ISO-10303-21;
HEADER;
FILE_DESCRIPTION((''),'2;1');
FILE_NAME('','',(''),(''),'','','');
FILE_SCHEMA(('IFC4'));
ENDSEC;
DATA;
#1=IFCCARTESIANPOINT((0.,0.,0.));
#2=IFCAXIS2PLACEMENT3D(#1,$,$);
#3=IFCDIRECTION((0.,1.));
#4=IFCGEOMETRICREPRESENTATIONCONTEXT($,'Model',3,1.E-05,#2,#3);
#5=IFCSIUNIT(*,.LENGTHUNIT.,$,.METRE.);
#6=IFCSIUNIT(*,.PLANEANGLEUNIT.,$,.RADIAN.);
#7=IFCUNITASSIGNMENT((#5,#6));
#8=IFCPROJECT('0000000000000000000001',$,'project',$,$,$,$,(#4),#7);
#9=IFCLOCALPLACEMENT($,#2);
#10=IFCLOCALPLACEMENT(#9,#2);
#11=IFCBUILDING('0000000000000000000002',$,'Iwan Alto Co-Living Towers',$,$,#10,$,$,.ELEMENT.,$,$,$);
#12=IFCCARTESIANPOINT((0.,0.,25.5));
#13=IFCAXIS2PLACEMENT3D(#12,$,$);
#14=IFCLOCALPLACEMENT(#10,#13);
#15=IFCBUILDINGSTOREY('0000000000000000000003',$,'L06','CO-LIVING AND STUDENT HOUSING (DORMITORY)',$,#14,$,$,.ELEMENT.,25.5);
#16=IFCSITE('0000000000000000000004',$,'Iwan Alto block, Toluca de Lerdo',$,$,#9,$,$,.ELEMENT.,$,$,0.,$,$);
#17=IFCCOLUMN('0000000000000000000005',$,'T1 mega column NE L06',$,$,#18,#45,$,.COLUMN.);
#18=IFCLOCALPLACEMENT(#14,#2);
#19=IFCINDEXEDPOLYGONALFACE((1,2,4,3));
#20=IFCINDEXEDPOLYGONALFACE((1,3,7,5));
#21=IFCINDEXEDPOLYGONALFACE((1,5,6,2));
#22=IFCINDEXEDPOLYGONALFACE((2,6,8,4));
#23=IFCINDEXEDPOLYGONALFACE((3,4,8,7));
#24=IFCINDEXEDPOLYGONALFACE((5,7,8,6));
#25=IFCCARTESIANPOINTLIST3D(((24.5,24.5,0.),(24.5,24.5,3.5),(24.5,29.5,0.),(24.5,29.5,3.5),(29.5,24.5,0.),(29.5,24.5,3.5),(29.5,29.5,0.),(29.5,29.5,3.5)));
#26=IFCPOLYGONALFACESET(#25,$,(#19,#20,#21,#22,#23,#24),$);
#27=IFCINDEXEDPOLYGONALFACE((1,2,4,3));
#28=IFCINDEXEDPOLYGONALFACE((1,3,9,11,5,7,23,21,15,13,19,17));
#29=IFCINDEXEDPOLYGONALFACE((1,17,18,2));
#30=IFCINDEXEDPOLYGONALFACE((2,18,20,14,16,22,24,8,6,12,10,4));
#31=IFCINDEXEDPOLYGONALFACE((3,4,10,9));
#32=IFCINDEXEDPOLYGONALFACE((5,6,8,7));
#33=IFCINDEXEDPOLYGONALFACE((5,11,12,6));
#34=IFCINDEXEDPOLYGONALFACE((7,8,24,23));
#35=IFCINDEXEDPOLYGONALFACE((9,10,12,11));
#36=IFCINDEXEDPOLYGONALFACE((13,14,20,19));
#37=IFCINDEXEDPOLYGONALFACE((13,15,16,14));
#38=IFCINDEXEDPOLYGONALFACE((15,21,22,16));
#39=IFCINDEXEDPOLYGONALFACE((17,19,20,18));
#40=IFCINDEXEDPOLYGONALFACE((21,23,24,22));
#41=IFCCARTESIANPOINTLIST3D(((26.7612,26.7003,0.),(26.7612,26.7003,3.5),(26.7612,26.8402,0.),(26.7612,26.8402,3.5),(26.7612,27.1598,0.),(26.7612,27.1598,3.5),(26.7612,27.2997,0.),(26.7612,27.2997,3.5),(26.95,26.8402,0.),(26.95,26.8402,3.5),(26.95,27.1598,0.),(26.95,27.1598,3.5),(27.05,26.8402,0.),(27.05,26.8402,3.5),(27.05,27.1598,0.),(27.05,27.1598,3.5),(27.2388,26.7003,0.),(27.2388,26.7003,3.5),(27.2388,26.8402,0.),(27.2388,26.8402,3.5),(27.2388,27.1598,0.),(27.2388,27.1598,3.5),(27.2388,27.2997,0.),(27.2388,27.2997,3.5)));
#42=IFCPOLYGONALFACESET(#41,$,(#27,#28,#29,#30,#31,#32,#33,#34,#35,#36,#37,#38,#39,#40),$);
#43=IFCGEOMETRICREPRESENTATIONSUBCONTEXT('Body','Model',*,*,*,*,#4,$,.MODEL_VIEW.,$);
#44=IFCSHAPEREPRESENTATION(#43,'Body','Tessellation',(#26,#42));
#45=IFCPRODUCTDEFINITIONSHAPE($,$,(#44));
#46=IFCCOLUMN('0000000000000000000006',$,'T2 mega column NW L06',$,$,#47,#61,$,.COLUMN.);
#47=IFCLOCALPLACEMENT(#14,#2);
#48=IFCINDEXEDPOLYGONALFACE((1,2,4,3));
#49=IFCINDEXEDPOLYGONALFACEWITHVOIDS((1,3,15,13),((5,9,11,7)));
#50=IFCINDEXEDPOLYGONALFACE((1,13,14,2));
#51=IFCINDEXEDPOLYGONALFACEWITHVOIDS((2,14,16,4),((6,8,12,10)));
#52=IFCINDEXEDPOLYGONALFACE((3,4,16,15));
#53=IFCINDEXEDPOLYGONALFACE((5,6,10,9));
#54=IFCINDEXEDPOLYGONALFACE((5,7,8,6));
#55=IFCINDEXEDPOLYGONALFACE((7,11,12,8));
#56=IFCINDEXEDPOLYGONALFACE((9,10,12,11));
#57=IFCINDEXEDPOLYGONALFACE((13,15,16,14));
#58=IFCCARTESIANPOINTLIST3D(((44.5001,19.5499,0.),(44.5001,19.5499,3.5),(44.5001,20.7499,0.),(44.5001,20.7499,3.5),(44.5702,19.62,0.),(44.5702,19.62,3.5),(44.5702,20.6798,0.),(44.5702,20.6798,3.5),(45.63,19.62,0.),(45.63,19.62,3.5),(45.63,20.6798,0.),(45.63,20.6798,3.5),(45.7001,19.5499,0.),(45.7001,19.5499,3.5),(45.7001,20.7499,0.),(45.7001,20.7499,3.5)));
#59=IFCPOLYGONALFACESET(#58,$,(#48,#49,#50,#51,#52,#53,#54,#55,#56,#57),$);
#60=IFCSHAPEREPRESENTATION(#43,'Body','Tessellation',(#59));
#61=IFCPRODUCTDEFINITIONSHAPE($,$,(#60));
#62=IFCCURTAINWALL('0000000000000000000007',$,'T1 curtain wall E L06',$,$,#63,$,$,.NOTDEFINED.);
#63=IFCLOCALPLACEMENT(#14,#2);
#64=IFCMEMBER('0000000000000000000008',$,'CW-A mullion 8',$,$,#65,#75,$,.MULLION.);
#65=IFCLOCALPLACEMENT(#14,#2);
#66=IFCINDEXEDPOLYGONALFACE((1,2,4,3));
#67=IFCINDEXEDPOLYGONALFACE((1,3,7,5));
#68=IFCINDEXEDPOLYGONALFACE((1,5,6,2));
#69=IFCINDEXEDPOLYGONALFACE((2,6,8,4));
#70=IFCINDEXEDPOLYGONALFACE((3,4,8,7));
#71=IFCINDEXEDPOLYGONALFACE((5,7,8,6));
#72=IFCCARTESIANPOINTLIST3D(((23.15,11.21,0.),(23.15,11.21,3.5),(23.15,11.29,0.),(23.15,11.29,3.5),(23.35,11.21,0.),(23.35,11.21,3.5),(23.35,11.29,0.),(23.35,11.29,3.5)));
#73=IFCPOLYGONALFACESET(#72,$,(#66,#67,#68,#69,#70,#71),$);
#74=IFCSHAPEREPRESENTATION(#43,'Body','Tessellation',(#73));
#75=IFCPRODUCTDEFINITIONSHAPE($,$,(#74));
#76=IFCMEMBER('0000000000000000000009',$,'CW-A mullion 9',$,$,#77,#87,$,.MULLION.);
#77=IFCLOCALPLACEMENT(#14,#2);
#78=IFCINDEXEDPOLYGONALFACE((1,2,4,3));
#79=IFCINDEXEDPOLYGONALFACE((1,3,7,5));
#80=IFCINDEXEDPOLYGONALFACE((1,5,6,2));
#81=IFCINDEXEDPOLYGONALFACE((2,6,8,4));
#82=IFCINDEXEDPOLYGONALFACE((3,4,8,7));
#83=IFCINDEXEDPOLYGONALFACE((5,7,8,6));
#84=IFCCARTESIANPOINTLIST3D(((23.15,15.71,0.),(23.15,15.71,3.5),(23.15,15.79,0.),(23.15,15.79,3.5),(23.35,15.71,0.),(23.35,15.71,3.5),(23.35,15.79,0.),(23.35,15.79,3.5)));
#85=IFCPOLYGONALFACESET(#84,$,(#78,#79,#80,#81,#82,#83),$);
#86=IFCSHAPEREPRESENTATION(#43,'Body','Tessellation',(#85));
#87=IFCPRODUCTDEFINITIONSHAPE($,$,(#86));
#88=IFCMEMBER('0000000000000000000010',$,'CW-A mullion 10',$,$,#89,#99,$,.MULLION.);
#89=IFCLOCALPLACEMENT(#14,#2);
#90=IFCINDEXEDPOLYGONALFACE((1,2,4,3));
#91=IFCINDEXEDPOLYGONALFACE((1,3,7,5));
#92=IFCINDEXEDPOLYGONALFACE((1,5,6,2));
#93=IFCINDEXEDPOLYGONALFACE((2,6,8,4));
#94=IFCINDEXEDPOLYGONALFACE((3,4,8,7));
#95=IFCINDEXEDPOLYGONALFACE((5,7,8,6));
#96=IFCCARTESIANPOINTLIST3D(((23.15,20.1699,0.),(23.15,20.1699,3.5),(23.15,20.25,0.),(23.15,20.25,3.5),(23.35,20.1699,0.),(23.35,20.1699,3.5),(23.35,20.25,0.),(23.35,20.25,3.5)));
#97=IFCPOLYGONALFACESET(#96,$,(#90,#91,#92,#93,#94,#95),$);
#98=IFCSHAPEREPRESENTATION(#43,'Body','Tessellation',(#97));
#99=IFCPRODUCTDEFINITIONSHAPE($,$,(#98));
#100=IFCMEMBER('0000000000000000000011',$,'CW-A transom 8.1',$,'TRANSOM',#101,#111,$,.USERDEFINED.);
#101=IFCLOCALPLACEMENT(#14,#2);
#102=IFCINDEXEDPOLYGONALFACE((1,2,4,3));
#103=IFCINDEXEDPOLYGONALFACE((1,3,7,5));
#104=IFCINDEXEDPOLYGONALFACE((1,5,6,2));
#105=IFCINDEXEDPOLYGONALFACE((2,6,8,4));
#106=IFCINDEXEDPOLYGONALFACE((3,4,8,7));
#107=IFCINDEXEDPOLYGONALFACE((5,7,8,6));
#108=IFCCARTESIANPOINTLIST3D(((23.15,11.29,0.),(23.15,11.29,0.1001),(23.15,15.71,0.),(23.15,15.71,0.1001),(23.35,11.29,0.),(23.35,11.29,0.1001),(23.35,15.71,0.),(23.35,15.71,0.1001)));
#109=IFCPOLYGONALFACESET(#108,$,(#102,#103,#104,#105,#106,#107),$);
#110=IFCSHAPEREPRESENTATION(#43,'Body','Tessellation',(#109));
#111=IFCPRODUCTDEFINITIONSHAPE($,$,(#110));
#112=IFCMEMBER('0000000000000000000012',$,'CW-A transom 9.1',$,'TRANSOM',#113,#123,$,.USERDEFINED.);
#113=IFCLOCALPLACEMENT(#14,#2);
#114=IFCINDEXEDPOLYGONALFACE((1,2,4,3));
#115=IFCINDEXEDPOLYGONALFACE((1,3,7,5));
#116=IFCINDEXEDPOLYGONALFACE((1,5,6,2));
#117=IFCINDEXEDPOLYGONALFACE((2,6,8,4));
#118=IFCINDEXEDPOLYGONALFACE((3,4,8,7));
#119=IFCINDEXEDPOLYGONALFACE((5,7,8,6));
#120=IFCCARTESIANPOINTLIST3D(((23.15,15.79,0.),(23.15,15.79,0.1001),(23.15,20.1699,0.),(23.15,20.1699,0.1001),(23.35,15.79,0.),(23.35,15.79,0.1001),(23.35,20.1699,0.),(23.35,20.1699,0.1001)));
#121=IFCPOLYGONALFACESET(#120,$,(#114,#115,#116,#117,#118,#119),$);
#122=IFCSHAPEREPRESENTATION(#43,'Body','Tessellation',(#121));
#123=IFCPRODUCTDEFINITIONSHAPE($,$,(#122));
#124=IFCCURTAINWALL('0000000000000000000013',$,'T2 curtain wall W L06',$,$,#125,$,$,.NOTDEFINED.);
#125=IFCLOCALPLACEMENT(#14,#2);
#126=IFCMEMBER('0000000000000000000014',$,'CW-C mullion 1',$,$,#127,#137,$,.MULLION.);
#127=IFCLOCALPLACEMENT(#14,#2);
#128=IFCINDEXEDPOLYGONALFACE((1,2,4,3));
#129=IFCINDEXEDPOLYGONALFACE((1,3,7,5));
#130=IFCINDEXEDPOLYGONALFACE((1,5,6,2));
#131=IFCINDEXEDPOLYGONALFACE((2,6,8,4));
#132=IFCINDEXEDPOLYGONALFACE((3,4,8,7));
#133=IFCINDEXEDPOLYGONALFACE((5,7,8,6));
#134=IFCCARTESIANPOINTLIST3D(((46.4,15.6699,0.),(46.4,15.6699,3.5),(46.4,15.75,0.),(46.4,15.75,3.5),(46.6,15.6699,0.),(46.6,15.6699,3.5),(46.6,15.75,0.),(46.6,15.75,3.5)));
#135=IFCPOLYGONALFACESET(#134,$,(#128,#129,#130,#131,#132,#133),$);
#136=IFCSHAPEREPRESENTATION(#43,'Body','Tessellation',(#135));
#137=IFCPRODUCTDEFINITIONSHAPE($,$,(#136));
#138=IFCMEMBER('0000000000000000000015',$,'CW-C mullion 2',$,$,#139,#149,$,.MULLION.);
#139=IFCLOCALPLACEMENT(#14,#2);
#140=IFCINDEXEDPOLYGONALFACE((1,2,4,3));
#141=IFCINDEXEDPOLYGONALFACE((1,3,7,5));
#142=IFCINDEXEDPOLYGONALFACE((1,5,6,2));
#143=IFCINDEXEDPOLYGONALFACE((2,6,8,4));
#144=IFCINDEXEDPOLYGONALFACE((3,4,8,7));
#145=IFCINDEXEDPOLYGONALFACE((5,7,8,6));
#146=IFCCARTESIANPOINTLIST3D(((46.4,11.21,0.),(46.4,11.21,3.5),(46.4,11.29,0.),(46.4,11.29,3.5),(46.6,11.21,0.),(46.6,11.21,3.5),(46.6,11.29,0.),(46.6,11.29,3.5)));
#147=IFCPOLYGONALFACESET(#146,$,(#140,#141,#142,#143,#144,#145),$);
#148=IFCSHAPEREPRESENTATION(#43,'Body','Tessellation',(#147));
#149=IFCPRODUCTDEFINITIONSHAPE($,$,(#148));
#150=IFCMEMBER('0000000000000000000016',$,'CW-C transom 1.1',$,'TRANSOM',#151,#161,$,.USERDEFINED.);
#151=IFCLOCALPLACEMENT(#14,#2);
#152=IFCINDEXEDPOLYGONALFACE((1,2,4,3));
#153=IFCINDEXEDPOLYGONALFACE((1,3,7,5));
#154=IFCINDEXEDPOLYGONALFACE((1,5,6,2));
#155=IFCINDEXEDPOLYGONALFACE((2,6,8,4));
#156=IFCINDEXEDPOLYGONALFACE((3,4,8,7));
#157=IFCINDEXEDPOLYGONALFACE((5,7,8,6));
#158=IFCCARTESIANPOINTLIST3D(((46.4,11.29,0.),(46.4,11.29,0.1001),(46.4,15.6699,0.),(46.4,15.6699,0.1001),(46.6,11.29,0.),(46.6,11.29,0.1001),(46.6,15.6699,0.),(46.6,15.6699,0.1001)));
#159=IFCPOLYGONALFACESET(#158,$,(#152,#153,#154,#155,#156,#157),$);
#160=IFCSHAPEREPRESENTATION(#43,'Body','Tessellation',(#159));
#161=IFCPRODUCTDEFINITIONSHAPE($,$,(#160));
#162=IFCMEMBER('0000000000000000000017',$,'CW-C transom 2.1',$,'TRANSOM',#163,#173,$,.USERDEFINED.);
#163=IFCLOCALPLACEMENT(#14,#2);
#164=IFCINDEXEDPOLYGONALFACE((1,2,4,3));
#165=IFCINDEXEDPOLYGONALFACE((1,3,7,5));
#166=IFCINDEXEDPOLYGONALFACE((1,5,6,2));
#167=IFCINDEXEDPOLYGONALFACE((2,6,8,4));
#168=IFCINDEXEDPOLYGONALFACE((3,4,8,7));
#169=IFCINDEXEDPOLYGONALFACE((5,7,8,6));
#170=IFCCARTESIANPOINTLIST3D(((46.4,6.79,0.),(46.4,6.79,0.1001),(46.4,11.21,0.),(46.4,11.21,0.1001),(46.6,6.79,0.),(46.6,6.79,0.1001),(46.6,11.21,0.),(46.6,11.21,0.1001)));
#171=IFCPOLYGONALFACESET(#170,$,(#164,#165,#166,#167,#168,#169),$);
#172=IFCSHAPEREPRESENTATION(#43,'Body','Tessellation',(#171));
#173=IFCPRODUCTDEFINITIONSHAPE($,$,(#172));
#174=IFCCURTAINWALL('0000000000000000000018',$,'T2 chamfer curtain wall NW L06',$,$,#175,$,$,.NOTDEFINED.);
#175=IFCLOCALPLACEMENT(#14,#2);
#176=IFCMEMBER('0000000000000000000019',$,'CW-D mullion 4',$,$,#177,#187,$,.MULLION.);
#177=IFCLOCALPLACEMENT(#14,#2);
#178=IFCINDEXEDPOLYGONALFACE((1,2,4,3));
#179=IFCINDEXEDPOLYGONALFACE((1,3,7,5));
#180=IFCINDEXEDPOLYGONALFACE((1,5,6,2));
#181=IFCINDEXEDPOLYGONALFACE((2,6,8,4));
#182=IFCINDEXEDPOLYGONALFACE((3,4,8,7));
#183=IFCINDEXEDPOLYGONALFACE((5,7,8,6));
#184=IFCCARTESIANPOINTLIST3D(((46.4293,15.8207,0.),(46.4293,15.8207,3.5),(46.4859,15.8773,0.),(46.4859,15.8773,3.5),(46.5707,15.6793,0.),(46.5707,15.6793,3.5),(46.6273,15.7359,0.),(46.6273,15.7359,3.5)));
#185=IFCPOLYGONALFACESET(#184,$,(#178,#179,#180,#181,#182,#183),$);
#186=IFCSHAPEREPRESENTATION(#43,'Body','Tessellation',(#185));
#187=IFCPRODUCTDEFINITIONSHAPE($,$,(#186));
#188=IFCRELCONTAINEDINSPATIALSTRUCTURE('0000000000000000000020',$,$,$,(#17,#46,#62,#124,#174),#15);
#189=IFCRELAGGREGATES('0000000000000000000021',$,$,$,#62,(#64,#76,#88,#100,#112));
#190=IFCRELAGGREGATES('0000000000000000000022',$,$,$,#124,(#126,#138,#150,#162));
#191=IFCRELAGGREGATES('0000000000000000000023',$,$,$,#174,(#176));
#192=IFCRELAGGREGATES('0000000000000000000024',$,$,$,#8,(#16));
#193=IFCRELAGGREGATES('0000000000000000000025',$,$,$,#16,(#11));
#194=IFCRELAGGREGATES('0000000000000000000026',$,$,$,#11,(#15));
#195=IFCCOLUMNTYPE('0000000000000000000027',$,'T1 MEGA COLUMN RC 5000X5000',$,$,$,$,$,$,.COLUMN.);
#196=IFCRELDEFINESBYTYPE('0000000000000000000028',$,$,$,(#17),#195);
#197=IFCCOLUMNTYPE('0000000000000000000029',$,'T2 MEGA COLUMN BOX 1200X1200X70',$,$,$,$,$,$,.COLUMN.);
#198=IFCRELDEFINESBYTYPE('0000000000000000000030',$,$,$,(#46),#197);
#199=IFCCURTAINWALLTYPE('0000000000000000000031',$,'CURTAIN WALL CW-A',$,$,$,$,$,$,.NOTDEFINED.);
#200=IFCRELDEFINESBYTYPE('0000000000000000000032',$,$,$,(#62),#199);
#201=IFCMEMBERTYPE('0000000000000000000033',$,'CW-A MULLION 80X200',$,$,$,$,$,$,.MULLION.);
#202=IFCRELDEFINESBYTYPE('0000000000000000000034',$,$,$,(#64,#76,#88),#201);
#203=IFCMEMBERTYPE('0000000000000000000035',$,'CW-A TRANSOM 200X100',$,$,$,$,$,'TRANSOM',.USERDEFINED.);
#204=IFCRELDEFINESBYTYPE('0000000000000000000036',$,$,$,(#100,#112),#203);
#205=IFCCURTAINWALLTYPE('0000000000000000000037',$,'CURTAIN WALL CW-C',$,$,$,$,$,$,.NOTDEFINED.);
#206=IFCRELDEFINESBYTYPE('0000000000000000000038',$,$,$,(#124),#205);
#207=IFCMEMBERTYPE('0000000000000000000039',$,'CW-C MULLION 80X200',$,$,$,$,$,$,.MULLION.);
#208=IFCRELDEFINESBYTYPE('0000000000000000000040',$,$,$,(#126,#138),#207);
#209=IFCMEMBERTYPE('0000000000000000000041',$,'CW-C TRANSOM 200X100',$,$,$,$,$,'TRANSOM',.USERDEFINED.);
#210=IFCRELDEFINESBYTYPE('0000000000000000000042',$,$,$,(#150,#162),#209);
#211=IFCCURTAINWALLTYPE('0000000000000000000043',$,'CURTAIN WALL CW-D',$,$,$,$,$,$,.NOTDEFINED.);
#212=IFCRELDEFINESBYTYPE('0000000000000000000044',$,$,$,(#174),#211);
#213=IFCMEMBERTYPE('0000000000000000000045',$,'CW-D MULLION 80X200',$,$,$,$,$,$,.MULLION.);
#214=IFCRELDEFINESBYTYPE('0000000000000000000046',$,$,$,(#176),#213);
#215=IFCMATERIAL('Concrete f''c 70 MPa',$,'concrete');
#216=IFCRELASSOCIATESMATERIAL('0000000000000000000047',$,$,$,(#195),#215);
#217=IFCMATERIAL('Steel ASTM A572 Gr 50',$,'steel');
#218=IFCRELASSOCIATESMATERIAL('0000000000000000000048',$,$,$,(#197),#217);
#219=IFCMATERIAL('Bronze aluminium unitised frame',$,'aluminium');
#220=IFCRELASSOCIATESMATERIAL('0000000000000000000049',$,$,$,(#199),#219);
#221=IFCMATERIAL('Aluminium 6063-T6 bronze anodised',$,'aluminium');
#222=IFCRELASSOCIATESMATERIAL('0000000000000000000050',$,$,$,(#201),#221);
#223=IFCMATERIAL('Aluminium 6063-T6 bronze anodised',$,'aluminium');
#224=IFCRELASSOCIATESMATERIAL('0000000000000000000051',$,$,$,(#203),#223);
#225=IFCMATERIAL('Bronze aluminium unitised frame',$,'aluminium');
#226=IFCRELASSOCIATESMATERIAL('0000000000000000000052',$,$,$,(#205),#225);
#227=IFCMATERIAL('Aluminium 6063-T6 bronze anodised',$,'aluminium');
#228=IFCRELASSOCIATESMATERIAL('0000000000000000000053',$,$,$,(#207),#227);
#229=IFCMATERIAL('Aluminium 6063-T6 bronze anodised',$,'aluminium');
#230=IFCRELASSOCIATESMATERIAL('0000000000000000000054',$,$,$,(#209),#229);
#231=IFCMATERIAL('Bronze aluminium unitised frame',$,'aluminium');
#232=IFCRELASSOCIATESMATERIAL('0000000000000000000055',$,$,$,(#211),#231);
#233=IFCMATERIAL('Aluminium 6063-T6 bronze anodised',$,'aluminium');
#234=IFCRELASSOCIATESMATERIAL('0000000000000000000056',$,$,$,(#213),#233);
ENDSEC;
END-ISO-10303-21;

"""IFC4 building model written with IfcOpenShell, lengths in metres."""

from ifc_helpers import new_model, si_unit, direction, frame, origin, origin_2d, place, context, subcontext, project, spatial, rectangle, hollow_rectangle, i_section, extrude, material, material_profile, profile_set, type_object, element, aggregate, save


model = new_model("IFC4")

# Units and contexts
model_context = context("Model", 3, precision=1e-05, world=origin(), true_north=direction((0.0, 1.0)))
body_context = subcontext(model_context, "Body", "Model", "MODEL_VIEW")
ifc_project = project(units=[si_unit("LENGTHUNIT", "METRE"), si_unit("PLANEANGLEUNIT", "RADIAN")], contexts=[model_context])

# Site, building, storey
site_placement = place(None, origin())
site = spatial("IfcSite", under=ifc_project, at=site_placement, Name="Iwan Alto block, Toluca de Lerdo", CompositionType="ELEMENT", RefElevation=0.0)
building_placement = place(site_placement, origin())
building = spatial("IfcBuilding", under=site, at=building_placement, Name="Iwan Alto Co-Living Towers", CompositionType="ELEMENT")
storey_placement = place(building_placement, frame((0.0, 0.0, 25.5)))
storey = spatial("IfcBuildingStorey", under=building, at=storey_placement, Name="L06", Description="CO-LIVING AND STUDENT HOUSING (DORMITORY)", CompositionType="ELEMENT", Elevation=25.5)

# Columns
ifc_material_1 = material(Name="Concrete f'c 70 MPa", Category="concrete")
ifc_material_profile_1 = material_profile(ifc_material_1, rectangle(XDim=5.0, YDim=5.0, at=origin_2d()), Name="RC 5000X5000")
ifc_profile_set_1 = profile_set([ifc_material_profile_1], Name="Concrete f'c 70 MPa")
column_type_1 = type_object("IfcColumnType", Name="T1 MEGA COLUMN RC 5000X5000", PredefinedType="COLUMN", material=ifc_profile_set_1)
column_1_placement = place(storey_placement, frame((27.0, 27.0, 0.0), z_axis=(0.0, 0.0, 1.0), x_axis=(1.0, 0.0, 0.0)))
element("IfcColumn", 1, at=column_1_placement, inside=storey, type_object=column_type_1, Name="T1 mega column NE L06", PredefinedType="COLUMN", context=body_context, shape_type="SweptSolid", body=[
    extrude(rectangle(XDim=5.0, YDim=5.0, at=origin_2d()), origin(), (0.0, 0.0, 1.0), 3.5),
    extrude(i_section(OverallWidth=0.4775, OverallDepth=0.5994, WebThickness=0.1001, FlangeThickness=0.1399, at=origin_2d()), origin(), (0.0, 0.0, 1.0), 3.5),
])
ifc_material_2 = material(Name="Steel ASTM A572 Gr 50", Category="steel")
ifc_material_profile_2 = material_profile(ifc_material_2, hollow_rectangle(XDim=1.2, YDim=1.2, WallThickness=0.0701, at=origin_2d()), Name="BOX 1200X1200X70")
ifc_profile_set_2 = profile_set([ifc_material_profile_2], Name="Steel ASTM A572 Gr 50")
column_type_2 = type_object("IfcColumnType", Name="T2 MEGA COLUMN BOX 1200X1200X70", PredefinedType="COLUMN", material=ifc_profile_set_2)
column_2_placement = place(storey_placement, frame((45.1001, 20.1499, 0.0), z_axis=(0.0, 0.0, 1.0), x_axis=(1.0, 0.0, 0.0)))
element("IfcColumn", 2, at=column_2_placement, inside=storey, type_object=column_type_2, Name="T2 mega column NW L06", PredefinedType="COLUMN", context=body_context, shape_type="SweptSolid", body=[
    extrude(hollow_rectangle(XDim=1.2, YDim=1.2, WallThickness=0.0701, at=origin_2d()), origin(), (0.0, 0.0, 1.0), 3.5),
])

# Curtain walls, members
ifc_material_3 = material(Name="Bronze aluminium unitised frame", Category="aluminium")
curtain_wall_type_1 = type_object("IfcCurtainWallType", Name="CURTAIN WALL CW-A", PredefinedType="NOTDEFINED", material=ifc_material_3)
curtain_wall_1_placement = place(storey_placement, origin())
curtain_wall_1 = element("IfcCurtainWall", 3, at=curtain_wall_1_placement, inside=storey, type_object=curtain_wall_type_1, Name="T1 curtain wall E L06", PredefinedType="NOTDEFINED")
ifc_material_4 = material(Name="Aluminium 6063-T6 bronze anodised", Category="aluminium")
ifc_material_profile_3 = material_profile(ifc_material_4, rectangle(XDim=0.2, YDim=0.0801, at=origin_2d()), Name="AL 80X200")
ifc_profile_set_3 = profile_set([ifc_material_profile_3], Name="Aluminium 6063-T6 bronze anodised")
member_type_1 = type_object("IfcMemberType", Name="CW-A MULLION 80X200", PredefinedType="MULLION", material=ifc_profile_set_3)
member_1_placement = place(storey_placement, frame((23.25, 11.25, 0.0), z_axis=(0.0, 0.0, 1.0), x_axis=(-1.0, 0.0, 0.0)))
member_1 = element("IfcMember", 4, at=member_1_placement, type_object=member_type_1, Name="CW-A mullion 8", PredefinedType="MULLION", context=body_context, shape_type="SweptSolid", body=[
    extrude(rectangle(XDim=0.2, YDim=0.0801, at=origin_2d()), origin(), (0.0, 0.0, 1.0), 3.5),
])
member_2_placement = place(storey_placement, frame((23.25, 15.75, 0.0), z_axis=(0.0, 0.0, 1.0), x_axis=(-1.0, 0.0, 0.0)))
member_2 = element("IfcMember", 5, at=member_2_placement, type_object=member_type_1, Name="CW-A mullion 9", PredefinedType="MULLION", context=body_context, shape_type="SweptSolid", body=[
    extrude(rectangle(XDim=0.2, YDim=0.0801, at=origin_2d()), origin(), (0.0, 0.0, 1.0), 3.5),
])
member_3_placement = place(storey_placement, frame((23.25, 20.21, 0.0), z_axis=(0.0, 0.0, 1.0), x_axis=(-1.0, 0.0, 0.0)))
member_3 = element("IfcMember", 6, at=member_3_placement, type_object=member_type_1, Name="CW-A mullion 10", PredefinedType="MULLION", context=body_context, shape_type="SweptSolid", body=[
    extrude(rectangle(XDim=0.2, YDim=0.0801, at=origin_2d()), origin(), (0.0, 0.0, 1.0), 3.5),
])
ifc_material_5 = material(Name="Aluminium 6063-T6 bronze anodised", Category="aluminium")
ifc_material_profile_4 = material_profile(ifc_material_5, rectangle(XDim=0.2, YDim=0.1001, at=origin_2d()), Name="AL 200X100")
ifc_profile_set_4 = profile_set([ifc_material_profile_4], Name="Aluminium 6063-T6 bronze anodised")
member_type_2 = type_object("IfcMemberType", Name="CW-A TRANSOM 200X100", ElementType="TRANSOM", PredefinedType="USERDEFINED", material=ifc_profile_set_4)
member_4_placement = place(storey_placement, frame((23.25, 11.29, 0.05), z_axis=(0.0, 1.0, 0.0), x_axis=(-1.0, 0.0, 0.0)))
member_4 = element("IfcMember", 7, at=member_4_placement, type_object=member_type_2, Name="CW-A transom 8.1", ObjectType="TRANSOM", PredefinedType="USERDEFINED", context=body_context, shape_type="SweptSolid", body=[
    extrude(rectangle(XDim=0.2, YDim=0.1001, at=origin_2d()), origin(), (0.0, 0.0, 1.0), 4.4199),
])
member_5_placement = place(storey_placement, frame((23.25, 15.79, 0.05), z_axis=(0.0, 1.0, 0.0), x_axis=(-1.0, 0.0, 0.0)))
member_5 = element("IfcMember", 8, at=member_5_placement, type_object=member_type_2, Name="CW-A transom 9.1", ObjectType="TRANSOM", PredefinedType="USERDEFINED", context=body_context, shape_type="SweptSolid", body=[
    extrude(rectangle(XDim=0.2, YDim=0.1001, at=origin_2d()), origin(), (0.0, 0.0, 1.0), 4.3799),
])
ifc_material_6 = material(Name="Bronze aluminium unitised frame", Category="aluminium")
curtain_wall_type_2 = type_object("IfcCurtainWallType", Name="CURTAIN WALL CW-C", PredefinedType="NOTDEFINED", material=ifc_material_6)
curtain_wall_2_placement = place(storey_placement, origin())
curtain_wall_2 = element("IfcCurtainWall", 9, at=curtain_wall_2_placement, inside=storey, type_object=curtain_wall_type_2, Name="T2 curtain wall W L06", PredefinedType="NOTDEFINED")
ifc_material_7 = material(Name="Aluminium 6063-T6 bronze anodised", Category="aluminium")
ifc_material_profile_5 = material_profile(ifc_material_7, rectangle(XDim=0.2, YDim=0.0801, at=origin_2d()), Name="AL 80X200")
ifc_profile_set_5 = profile_set([ifc_material_profile_5], Name="Aluminium 6063-T6 bronze anodised")
member_type_3 = type_object("IfcMemberType", Name="CW-C MULLION 80X200", PredefinedType="MULLION", material=ifc_profile_set_5)
member_6_placement = place(storey_placement, frame((46.5, 15.71, 0.0), z_axis=(0.0, 0.0, 1.0), x_axis=(1.0, 0.0, 0.0)))
member_6 = element("IfcMember", 10, at=member_6_placement, type_object=member_type_3, Name="CW-C mullion 1", PredefinedType="MULLION", context=body_context, shape_type="SweptSolid", body=[
    extrude(rectangle(XDim=0.2, YDim=0.0801, at=origin_2d()), origin(), (0.0, 0.0, 1.0), 3.5),
])
member_7_placement = place(storey_placement, frame((46.5, 11.25, 0.0), z_axis=(0.0, 0.0, 1.0), x_axis=(1.0, 0.0, 0.0)))
member_7 = element("IfcMember", 11, at=member_7_placement, type_object=member_type_3, Name="CW-C mullion 2", PredefinedType="MULLION", context=body_context, shape_type="SweptSolid", body=[
    extrude(rectangle(XDim=0.2, YDim=0.0801, at=origin_2d()), origin(), (0.0, 0.0, 1.0), 3.5),
])
ifc_material_8 = material(Name="Aluminium 6063-T6 bronze anodised", Category="aluminium")
ifc_material_profile_6 = material_profile(ifc_material_8, rectangle(XDim=0.2, YDim=0.1001, at=origin_2d()), Name="AL 200X100")
ifc_profile_set_6 = profile_set([ifc_material_profile_6], Name="Aluminium 6063-T6 bronze anodised")
member_type_4 = type_object("IfcMemberType", Name="CW-C TRANSOM 200X100", ElementType="TRANSOM", PredefinedType="USERDEFINED", material=ifc_profile_set_6)
member_8_placement = place(storey_placement, frame((46.5, 15.6699, 0.05), z_axis=(0.0, -1.0, 0.0), x_axis=(1.0, 0.0, 0.0)))
member_8 = element("IfcMember", 12, at=member_8_placement, type_object=member_type_4, Name="CW-C transom 1.1", ObjectType="TRANSOM", PredefinedType="USERDEFINED", context=body_context, shape_type="SweptSolid", body=[
    extrude(rectangle(XDim=0.2, YDim=0.1001, at=origin_2d()), origin(), (0.0, 0.0, 1.0), 4.3799),
])
member_9_placement = place(storey_placement, frame((46.5, 11.21, 0.05), z_axis=(0.0, -1.0, 0.0), x_axis=(1.0, 0.0, 0.0)))
member_9 = element("IfcMember", 13, at=member_9_placement, type_object=member_type_4, Name="CW-C transom 2.1", ObjectType="TRANSOM", PredefinedType="USERDEFINED", context=body_context, shape_type="SweptSolid", body=[
    extrude(rectangle(XDim=0.2, YDim=0.1001, at=origin_2d()), origin(), (0.0, 0.0, 1.0), 4.4199),
])

# Curtain wall, member
ifc_material_9 = material(Name="Bronze aluminium unitised frame", Category="aluminium")
curtain_wall_type_3 = type_object("IfcCurtainWallType", Name="CURTAIN WALL CW-D", PredefinedType="NOTDEFINED", material=ifc_material_9)
curtain_wall_3_placement = place(storey_placement, origin())
curtain_wall_3 = element("IfcCurtainWall", 14, at=curtain_wall_3_placement, inside=storey, type_object=curtain_wall_type_3, Name="T2 chamfer curtain wall NW L06", PredefinedType="NOTDEFINED")
ifc_material_10 = material(Name="Aluminium 6063-T6 bronze anodised", Category="aluminium")
ifc_material_profile_7 = material_profile(ifc_material_10, rectangle(XDim=0.2, YDim=0.0801, at=origin_2d()), Name="AL 80X200")
ifc_profile_set_7 = profile_set([ifc_material_profile_7], Name="Aluminium 6063-T6 bronze anodised")
member_type_5 = type_object("IfcMemberType", Name="CW-D MULLION 80X200", PredefinedType="MULLION", material=ifc_profile_set_7)
member_10_placement = place(storey_placement, frame((46.5283, 15.7783, 0.0), z_axis=(0.0, 0.0, 1.0), x_axis=(0.707107, -0.707107, 0.0)))
member_10 = element("IfcMember", 15, at=member_10_placement, type_object=member_type_5, Name="CW-D mullion 4", PredefinedType="MULLION", context=body_context, shape_type="SweptSolid", body=[
    extrude(rectangle(XDim=0.2, YDim=0.0801, at=origin_2d()), origin(), (0.0, 0.0, 1.0), 3.5),
])

aggregate(curtain_wall_1, [member_1, member_2, member_3, member_4, member_5])
aggregate(curtain_wall_2, [member_6, member_7, member_8, member_9])
aggregate(curtain_wall_3, [member_10])

save(model, "model.ifc")
